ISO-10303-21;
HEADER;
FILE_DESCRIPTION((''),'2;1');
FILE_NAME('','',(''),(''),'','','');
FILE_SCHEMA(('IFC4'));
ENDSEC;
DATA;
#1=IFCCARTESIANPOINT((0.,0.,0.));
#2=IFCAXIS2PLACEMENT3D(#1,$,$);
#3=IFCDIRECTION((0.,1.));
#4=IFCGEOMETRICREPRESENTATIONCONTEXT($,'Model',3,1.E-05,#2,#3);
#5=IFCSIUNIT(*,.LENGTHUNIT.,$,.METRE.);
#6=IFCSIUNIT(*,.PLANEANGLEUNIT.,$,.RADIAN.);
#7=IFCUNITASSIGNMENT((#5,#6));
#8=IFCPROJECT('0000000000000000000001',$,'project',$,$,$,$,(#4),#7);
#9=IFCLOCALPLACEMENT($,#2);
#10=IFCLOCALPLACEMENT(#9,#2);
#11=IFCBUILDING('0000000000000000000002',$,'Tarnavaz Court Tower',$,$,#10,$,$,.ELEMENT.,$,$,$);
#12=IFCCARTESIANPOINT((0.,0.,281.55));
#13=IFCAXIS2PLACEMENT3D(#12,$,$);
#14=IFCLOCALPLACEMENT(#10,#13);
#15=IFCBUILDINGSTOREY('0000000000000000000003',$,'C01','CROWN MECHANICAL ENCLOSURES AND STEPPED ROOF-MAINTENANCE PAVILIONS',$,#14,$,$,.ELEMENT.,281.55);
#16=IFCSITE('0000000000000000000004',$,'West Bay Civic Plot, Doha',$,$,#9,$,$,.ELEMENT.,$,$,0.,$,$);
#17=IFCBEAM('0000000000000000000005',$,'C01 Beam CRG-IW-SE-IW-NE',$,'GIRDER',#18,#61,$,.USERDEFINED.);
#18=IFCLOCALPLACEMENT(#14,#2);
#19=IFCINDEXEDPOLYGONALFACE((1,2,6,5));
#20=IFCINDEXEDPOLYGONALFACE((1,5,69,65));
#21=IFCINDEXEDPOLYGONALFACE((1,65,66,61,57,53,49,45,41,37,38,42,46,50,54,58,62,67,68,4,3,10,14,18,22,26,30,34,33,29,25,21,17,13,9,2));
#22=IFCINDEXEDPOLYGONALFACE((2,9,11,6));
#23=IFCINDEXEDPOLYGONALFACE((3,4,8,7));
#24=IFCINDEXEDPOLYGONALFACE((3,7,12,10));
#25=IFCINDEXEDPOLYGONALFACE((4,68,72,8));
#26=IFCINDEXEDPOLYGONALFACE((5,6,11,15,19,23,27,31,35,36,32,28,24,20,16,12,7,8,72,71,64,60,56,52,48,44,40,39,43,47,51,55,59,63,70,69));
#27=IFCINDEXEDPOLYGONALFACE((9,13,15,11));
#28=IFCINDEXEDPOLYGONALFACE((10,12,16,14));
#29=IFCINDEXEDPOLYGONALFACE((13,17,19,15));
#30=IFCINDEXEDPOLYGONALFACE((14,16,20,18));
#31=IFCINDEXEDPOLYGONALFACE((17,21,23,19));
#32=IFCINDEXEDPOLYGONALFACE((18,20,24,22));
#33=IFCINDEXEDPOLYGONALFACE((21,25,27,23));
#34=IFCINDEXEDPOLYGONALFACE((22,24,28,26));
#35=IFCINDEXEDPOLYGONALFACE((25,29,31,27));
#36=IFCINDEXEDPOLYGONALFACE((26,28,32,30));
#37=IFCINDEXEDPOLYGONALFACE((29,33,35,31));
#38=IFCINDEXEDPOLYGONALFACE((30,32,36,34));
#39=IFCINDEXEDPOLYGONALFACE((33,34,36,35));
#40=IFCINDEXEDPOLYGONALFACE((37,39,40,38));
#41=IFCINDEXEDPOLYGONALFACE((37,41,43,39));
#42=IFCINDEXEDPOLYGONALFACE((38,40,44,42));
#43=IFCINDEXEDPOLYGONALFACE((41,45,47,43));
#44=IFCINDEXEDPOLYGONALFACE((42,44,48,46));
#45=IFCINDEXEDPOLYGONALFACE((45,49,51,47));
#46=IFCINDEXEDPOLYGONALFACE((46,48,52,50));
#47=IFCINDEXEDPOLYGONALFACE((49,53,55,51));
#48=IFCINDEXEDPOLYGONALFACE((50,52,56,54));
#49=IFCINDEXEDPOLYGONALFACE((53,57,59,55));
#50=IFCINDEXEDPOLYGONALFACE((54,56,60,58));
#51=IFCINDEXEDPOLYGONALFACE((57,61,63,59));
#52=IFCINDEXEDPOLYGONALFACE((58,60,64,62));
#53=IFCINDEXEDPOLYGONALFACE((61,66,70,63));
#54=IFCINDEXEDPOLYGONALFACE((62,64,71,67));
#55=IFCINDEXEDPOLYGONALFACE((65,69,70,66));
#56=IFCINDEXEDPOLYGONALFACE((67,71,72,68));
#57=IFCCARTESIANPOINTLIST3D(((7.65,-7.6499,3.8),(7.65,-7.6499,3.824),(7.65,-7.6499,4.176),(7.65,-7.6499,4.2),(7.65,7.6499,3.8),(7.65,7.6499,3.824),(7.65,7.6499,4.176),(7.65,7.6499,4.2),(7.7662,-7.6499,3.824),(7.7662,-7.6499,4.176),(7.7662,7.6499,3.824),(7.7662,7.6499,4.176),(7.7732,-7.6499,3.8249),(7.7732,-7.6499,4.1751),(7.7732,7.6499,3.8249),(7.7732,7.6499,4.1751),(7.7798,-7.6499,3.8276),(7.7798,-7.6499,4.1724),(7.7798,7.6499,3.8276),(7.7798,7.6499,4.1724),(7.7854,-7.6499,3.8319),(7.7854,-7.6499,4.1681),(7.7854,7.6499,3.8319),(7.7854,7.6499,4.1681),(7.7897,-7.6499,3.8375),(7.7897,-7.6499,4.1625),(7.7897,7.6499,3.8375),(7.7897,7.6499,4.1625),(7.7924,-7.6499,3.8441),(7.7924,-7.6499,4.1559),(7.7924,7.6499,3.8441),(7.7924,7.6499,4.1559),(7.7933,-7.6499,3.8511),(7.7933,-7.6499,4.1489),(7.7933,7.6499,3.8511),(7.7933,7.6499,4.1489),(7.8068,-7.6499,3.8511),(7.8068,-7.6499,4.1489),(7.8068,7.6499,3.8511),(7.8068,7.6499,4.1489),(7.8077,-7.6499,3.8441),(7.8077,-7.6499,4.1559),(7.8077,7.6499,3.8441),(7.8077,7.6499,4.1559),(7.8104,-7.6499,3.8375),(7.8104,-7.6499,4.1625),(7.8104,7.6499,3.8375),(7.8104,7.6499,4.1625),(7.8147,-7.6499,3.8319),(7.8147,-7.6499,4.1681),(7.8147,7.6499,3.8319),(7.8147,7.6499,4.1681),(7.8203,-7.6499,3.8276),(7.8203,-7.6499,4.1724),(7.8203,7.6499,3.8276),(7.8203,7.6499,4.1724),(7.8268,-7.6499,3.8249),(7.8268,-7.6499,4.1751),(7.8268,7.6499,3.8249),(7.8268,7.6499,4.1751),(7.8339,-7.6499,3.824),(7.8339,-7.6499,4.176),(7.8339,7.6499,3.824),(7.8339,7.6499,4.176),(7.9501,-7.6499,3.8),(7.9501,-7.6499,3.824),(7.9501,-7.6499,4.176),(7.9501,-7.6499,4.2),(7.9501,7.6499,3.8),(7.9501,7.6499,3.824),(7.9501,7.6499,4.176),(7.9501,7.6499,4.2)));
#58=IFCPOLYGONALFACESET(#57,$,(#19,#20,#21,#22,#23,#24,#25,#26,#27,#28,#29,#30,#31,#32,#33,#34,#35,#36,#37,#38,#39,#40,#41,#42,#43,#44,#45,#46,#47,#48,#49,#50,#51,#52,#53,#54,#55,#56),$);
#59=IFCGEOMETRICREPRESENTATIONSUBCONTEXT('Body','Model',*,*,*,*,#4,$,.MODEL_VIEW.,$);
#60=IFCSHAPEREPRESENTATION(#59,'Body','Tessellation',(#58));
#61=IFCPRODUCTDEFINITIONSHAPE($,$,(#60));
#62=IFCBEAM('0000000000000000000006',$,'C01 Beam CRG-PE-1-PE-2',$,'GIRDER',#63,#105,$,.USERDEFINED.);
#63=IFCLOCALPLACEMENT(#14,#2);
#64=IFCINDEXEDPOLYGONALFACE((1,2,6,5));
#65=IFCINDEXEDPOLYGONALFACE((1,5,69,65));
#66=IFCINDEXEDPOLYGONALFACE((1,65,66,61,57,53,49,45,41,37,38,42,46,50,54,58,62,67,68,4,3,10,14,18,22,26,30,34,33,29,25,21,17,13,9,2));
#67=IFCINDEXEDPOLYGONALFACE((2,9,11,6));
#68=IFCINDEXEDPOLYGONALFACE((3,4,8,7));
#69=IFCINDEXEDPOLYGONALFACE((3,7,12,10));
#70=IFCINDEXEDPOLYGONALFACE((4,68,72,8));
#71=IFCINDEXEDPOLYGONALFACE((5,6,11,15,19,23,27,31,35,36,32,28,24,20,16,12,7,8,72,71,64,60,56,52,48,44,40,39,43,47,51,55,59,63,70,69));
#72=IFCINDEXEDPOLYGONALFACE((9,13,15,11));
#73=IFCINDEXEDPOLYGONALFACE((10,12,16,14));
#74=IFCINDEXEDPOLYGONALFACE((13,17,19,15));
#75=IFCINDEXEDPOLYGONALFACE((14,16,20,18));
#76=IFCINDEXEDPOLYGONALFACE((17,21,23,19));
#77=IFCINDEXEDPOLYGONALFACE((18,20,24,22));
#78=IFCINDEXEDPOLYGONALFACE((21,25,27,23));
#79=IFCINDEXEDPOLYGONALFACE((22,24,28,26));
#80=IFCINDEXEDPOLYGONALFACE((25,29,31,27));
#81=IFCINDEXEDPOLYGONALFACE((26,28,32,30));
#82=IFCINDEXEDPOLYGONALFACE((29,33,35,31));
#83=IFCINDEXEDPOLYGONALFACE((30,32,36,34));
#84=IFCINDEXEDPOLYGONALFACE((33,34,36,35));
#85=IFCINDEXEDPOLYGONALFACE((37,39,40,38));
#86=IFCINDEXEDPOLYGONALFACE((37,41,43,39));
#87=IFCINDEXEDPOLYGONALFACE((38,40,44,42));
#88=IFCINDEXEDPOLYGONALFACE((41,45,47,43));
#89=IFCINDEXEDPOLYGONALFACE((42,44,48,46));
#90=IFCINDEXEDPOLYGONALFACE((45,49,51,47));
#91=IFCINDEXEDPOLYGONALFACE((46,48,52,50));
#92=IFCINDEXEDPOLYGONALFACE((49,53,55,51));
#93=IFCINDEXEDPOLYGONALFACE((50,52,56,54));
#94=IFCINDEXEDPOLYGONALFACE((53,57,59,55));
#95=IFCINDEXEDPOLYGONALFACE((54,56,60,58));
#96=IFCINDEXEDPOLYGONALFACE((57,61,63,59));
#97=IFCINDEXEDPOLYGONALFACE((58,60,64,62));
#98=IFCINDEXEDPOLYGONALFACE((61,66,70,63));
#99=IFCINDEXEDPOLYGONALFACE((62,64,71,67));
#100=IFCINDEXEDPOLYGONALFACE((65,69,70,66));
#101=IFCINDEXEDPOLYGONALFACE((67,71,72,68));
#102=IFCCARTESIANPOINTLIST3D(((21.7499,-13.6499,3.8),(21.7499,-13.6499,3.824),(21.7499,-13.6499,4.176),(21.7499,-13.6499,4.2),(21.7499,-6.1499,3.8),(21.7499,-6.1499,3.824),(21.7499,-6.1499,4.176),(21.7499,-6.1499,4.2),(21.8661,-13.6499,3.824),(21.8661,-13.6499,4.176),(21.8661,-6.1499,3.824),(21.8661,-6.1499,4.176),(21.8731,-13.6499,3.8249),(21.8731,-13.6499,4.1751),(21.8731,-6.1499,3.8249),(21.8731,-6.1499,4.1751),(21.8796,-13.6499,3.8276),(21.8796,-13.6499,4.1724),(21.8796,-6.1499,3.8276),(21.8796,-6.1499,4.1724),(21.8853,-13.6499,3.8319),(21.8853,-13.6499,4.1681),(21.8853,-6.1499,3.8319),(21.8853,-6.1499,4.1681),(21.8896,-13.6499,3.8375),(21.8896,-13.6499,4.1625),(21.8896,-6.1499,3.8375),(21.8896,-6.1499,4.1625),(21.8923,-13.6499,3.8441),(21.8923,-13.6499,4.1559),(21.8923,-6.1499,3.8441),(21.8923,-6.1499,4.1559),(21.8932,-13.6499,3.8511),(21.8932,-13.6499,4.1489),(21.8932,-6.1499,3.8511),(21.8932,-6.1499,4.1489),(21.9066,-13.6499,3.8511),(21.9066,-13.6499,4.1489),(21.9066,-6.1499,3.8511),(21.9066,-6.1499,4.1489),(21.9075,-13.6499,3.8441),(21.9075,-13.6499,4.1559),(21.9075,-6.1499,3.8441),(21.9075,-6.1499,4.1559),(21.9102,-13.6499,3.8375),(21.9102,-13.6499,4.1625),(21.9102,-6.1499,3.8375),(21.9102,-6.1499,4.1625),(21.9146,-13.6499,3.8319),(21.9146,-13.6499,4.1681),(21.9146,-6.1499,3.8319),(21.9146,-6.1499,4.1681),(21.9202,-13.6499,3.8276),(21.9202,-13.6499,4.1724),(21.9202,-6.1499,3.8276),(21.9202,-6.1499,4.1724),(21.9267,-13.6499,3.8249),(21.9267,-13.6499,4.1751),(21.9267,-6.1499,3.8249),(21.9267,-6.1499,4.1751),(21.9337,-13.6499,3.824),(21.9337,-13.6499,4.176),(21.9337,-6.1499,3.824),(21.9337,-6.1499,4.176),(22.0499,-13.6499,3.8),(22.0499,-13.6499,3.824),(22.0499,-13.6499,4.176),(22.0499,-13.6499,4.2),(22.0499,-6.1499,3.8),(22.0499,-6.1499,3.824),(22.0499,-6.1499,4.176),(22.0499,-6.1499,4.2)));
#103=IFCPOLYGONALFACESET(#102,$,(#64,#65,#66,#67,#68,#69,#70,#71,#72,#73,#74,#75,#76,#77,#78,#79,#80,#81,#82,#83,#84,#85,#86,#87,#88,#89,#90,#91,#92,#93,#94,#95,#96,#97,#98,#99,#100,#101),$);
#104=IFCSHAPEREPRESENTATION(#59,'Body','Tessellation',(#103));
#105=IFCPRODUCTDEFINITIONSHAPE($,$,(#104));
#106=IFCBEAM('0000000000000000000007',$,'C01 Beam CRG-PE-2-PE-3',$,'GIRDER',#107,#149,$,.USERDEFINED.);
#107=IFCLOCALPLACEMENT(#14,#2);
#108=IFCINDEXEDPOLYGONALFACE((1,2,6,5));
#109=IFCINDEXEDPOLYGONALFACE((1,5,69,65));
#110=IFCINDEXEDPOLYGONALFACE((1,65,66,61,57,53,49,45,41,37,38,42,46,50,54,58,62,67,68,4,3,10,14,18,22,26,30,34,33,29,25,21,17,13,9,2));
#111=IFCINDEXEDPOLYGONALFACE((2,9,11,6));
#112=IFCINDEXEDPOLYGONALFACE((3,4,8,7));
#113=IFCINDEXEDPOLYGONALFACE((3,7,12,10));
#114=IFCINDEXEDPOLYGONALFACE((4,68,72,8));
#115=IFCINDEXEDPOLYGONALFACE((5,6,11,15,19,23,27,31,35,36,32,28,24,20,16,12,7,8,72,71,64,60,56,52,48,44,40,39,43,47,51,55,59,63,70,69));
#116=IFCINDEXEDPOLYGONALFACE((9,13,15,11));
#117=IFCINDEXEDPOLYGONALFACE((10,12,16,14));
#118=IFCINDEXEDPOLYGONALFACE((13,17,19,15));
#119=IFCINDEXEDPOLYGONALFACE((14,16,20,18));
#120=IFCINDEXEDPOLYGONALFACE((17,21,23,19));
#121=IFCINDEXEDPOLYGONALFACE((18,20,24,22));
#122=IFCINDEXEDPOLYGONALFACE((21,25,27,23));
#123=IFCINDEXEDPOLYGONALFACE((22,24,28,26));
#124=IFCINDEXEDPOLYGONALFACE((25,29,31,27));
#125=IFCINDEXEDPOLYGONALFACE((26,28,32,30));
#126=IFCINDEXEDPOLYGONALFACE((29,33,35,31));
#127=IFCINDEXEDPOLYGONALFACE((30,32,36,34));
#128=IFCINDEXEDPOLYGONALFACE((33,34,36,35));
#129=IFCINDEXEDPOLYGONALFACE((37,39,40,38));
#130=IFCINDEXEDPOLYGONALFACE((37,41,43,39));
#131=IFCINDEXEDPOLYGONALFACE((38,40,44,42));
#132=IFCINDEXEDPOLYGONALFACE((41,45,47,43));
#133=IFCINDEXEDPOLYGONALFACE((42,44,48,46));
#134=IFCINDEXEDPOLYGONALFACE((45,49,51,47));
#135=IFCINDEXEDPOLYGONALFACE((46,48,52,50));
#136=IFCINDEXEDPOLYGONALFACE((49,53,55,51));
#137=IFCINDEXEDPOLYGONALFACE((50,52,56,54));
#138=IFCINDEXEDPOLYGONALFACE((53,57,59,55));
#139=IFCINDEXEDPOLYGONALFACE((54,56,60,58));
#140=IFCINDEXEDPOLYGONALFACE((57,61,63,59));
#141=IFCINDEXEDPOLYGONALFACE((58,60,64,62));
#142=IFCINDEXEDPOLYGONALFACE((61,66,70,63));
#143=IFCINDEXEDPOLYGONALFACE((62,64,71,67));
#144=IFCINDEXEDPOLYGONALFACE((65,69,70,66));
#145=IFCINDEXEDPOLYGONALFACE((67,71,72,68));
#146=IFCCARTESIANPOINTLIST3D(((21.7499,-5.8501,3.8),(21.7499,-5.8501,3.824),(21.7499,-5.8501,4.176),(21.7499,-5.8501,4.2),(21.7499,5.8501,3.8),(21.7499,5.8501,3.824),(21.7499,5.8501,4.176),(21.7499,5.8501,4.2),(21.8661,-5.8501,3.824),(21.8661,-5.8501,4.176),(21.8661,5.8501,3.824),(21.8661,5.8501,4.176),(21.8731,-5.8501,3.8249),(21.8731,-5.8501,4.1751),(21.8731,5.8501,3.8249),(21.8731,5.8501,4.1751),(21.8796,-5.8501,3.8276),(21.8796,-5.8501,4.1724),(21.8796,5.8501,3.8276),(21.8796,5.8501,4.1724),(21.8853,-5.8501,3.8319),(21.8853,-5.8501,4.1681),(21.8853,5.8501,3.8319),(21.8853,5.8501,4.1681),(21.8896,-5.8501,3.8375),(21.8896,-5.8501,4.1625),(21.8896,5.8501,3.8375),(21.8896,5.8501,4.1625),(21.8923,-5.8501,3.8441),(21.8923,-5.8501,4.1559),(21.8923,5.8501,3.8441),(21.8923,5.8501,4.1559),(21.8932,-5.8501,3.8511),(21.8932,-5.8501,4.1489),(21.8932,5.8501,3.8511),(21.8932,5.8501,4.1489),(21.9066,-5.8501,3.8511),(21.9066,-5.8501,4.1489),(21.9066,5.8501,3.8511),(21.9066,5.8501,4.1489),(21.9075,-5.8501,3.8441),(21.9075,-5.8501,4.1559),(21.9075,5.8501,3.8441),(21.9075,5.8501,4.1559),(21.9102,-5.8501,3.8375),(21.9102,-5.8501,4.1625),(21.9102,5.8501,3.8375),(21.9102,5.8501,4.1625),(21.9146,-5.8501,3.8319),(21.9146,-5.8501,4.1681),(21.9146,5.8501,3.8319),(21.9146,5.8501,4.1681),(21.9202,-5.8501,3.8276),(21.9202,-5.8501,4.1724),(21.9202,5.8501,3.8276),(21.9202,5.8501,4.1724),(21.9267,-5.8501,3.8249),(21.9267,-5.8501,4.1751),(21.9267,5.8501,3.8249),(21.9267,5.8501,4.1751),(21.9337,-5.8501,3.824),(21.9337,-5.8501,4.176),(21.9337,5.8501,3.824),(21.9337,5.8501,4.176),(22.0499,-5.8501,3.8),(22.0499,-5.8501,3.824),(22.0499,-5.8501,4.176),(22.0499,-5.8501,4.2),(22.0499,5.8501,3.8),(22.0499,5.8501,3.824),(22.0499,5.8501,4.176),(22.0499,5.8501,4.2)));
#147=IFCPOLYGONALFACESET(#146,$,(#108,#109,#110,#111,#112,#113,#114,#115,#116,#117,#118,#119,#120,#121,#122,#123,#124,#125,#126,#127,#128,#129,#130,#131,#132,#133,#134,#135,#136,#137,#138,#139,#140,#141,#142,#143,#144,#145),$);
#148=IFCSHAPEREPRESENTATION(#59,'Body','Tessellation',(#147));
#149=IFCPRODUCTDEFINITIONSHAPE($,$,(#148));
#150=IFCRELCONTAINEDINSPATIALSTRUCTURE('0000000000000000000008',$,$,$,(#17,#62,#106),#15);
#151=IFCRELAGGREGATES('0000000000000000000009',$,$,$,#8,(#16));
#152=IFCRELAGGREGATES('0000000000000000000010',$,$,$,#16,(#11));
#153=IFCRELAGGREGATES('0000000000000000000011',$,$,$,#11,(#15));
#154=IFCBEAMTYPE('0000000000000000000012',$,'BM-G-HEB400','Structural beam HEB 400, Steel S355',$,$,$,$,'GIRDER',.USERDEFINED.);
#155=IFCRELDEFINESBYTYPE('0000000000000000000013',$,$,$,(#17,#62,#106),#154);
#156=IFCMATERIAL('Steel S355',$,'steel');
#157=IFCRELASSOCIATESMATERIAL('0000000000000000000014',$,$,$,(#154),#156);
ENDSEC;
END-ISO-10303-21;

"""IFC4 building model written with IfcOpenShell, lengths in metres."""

from ifc_helpers import new_model, si_unit, direction, frame, origin, origin_2d, place, context, subcontext, project, spatial, i_section, extrude, material, material_profile, profile_set, type_object, element, save


model = new_model("IFC4")

# Units and contexts
model_context = context("Model", 3, precision=1e-05, world=origin(), true_north=direction((0.0, 1.0)))
body_context = subcontext(model_context, "Body", "Model", "MODEL_VIEW")
ifc_project = project(units=[si_unit("LENGTHUNIT", "METRE"), si_unit("PLANEANGLEUNIT", "RADIAN")], contexts=[model_context])

# Site, building, storey
site_placement = place(None, origin())
site = spatial("IfcSite", under=ifc_project, at=site_placement, Name="West Bay Civic Plot, Doha", CompositionType="ELEMENT", RefElevation=0.0)
building_placement = place(site_placement, origin())
building = spatial("IfcBuilding", under=site, at=building_placement, Name="Tarnavaz Court Tower", CompositionType="ELEMENT")
storey_placement = place(building_placement, frame((0.0, 0.0, 281.55)))
storey = spatial("IfcBuildingStorey", under=building, at=storey_placement, Name="C01", Description="CROWN MECHANICAL ENCLOSURES AND STEPPED ROOF-MAINTENANCE PAVILIONS", CompositionType="ELEMENT", Elevation=281.55)

# Shared definitions
ifc_material_1 = material(Name="Steel S355", Category="steel")

# Beams
ifc_material_profile_1 = material_profile(ifc_material_1, i_section(OverallWidth=0.3, OverallDepth=0.3999, WebThickness=0.0134, FlangeThickness=0.0239, FilletRadius=0.0271, at=origin_2d()), Name="HEB 400")
ifc_profile_set_1 = profile_set([ifc_material_profile_1], Name="Steel S355")
beam_type_1 = type_object("IfcBeamType", Name="BM-G-HEB400", Description="Structural beam HEB 400, Steel S355", ElementType="GIRDER", PredefinedType="USERDEFINED", material=ifc_profile_set_1)
beam_1_placement = place(storey_placement, frame((7.8, -7.6499, 4.0), z_axis=(0.0, 1.0, 0.0), x_axis=(-1.0, 0.0, 0.0)))
element("IfcBeam", 1, at=beam_1_placement, inside=storey, type_object=beam_type_1, Name="C01 Beam CRG-IW-SE-IW-NE", ObjectType="GIRDER", PredefinedType="USERDEFINED", context=body_context, shape_type="SweptSolid", body=[
    extrude(i_section(OverallWidth=0.3, OverallDepth=0.3999, WebThickness=0.0134, FlangeThickness=0.0239, FilletRadius=0.0271, at=origin_2d()), origin(), (0.0, 0.0, 1.0), 15.2998),
])
beam_2_placement = place(storey_placement, frame((21.8999, -13.6499, 4.0), z_axis=(0.0, 1.0, 0.0), x_axis=(-1.0, 0.0, 0.0)))
element("IfcBeam", 2, at=beam_2_placement, inside=storey, type_object=beam_type_1, Name="C01 Beam CRG-PE-1-PE-2", ObjectType="GIRDER", PredefinedType="USERDEFINED", context=body_context, shape_type="SweptSolid", body=[
    extrude(i_section(OverallWidth=0.3, OverallDepth=0.3999, WebThickness=0.0134, FlangeThickness=0.0239, FilletRadius=0.0271, at=origin_2d()), origin(), (0.0, 0.0, 1.0), 7.5),
])
beam_3_placement = place(storey_placement, frame((21.8999, -5.8501, 4.0), z_axis=(0.0, 1.0, 0.0), x_axis=(-1.0, 0.0, 0.0)))
element("IfcBeam", 3, at=beam_3_placement, inside=storey, type_object=beam_type_1, Name="C01 Beam CRG-PE-2-PE-3", ObjectType="GIRDER", PredefinedType="USERDEFINED", context=body_context, shape_type="SweptSolid", body=[
    extrude(i_section(OverallWidth=0.3, OverallDepth=0.3999, WebThickness=0.0134, FlangeThickness=0.0239, FilletRadius=0.0271, at=origin_2d()), origin(), (0.0, 0.0, 1.0), 11.7002),
])

save(model, "model.ifc")
